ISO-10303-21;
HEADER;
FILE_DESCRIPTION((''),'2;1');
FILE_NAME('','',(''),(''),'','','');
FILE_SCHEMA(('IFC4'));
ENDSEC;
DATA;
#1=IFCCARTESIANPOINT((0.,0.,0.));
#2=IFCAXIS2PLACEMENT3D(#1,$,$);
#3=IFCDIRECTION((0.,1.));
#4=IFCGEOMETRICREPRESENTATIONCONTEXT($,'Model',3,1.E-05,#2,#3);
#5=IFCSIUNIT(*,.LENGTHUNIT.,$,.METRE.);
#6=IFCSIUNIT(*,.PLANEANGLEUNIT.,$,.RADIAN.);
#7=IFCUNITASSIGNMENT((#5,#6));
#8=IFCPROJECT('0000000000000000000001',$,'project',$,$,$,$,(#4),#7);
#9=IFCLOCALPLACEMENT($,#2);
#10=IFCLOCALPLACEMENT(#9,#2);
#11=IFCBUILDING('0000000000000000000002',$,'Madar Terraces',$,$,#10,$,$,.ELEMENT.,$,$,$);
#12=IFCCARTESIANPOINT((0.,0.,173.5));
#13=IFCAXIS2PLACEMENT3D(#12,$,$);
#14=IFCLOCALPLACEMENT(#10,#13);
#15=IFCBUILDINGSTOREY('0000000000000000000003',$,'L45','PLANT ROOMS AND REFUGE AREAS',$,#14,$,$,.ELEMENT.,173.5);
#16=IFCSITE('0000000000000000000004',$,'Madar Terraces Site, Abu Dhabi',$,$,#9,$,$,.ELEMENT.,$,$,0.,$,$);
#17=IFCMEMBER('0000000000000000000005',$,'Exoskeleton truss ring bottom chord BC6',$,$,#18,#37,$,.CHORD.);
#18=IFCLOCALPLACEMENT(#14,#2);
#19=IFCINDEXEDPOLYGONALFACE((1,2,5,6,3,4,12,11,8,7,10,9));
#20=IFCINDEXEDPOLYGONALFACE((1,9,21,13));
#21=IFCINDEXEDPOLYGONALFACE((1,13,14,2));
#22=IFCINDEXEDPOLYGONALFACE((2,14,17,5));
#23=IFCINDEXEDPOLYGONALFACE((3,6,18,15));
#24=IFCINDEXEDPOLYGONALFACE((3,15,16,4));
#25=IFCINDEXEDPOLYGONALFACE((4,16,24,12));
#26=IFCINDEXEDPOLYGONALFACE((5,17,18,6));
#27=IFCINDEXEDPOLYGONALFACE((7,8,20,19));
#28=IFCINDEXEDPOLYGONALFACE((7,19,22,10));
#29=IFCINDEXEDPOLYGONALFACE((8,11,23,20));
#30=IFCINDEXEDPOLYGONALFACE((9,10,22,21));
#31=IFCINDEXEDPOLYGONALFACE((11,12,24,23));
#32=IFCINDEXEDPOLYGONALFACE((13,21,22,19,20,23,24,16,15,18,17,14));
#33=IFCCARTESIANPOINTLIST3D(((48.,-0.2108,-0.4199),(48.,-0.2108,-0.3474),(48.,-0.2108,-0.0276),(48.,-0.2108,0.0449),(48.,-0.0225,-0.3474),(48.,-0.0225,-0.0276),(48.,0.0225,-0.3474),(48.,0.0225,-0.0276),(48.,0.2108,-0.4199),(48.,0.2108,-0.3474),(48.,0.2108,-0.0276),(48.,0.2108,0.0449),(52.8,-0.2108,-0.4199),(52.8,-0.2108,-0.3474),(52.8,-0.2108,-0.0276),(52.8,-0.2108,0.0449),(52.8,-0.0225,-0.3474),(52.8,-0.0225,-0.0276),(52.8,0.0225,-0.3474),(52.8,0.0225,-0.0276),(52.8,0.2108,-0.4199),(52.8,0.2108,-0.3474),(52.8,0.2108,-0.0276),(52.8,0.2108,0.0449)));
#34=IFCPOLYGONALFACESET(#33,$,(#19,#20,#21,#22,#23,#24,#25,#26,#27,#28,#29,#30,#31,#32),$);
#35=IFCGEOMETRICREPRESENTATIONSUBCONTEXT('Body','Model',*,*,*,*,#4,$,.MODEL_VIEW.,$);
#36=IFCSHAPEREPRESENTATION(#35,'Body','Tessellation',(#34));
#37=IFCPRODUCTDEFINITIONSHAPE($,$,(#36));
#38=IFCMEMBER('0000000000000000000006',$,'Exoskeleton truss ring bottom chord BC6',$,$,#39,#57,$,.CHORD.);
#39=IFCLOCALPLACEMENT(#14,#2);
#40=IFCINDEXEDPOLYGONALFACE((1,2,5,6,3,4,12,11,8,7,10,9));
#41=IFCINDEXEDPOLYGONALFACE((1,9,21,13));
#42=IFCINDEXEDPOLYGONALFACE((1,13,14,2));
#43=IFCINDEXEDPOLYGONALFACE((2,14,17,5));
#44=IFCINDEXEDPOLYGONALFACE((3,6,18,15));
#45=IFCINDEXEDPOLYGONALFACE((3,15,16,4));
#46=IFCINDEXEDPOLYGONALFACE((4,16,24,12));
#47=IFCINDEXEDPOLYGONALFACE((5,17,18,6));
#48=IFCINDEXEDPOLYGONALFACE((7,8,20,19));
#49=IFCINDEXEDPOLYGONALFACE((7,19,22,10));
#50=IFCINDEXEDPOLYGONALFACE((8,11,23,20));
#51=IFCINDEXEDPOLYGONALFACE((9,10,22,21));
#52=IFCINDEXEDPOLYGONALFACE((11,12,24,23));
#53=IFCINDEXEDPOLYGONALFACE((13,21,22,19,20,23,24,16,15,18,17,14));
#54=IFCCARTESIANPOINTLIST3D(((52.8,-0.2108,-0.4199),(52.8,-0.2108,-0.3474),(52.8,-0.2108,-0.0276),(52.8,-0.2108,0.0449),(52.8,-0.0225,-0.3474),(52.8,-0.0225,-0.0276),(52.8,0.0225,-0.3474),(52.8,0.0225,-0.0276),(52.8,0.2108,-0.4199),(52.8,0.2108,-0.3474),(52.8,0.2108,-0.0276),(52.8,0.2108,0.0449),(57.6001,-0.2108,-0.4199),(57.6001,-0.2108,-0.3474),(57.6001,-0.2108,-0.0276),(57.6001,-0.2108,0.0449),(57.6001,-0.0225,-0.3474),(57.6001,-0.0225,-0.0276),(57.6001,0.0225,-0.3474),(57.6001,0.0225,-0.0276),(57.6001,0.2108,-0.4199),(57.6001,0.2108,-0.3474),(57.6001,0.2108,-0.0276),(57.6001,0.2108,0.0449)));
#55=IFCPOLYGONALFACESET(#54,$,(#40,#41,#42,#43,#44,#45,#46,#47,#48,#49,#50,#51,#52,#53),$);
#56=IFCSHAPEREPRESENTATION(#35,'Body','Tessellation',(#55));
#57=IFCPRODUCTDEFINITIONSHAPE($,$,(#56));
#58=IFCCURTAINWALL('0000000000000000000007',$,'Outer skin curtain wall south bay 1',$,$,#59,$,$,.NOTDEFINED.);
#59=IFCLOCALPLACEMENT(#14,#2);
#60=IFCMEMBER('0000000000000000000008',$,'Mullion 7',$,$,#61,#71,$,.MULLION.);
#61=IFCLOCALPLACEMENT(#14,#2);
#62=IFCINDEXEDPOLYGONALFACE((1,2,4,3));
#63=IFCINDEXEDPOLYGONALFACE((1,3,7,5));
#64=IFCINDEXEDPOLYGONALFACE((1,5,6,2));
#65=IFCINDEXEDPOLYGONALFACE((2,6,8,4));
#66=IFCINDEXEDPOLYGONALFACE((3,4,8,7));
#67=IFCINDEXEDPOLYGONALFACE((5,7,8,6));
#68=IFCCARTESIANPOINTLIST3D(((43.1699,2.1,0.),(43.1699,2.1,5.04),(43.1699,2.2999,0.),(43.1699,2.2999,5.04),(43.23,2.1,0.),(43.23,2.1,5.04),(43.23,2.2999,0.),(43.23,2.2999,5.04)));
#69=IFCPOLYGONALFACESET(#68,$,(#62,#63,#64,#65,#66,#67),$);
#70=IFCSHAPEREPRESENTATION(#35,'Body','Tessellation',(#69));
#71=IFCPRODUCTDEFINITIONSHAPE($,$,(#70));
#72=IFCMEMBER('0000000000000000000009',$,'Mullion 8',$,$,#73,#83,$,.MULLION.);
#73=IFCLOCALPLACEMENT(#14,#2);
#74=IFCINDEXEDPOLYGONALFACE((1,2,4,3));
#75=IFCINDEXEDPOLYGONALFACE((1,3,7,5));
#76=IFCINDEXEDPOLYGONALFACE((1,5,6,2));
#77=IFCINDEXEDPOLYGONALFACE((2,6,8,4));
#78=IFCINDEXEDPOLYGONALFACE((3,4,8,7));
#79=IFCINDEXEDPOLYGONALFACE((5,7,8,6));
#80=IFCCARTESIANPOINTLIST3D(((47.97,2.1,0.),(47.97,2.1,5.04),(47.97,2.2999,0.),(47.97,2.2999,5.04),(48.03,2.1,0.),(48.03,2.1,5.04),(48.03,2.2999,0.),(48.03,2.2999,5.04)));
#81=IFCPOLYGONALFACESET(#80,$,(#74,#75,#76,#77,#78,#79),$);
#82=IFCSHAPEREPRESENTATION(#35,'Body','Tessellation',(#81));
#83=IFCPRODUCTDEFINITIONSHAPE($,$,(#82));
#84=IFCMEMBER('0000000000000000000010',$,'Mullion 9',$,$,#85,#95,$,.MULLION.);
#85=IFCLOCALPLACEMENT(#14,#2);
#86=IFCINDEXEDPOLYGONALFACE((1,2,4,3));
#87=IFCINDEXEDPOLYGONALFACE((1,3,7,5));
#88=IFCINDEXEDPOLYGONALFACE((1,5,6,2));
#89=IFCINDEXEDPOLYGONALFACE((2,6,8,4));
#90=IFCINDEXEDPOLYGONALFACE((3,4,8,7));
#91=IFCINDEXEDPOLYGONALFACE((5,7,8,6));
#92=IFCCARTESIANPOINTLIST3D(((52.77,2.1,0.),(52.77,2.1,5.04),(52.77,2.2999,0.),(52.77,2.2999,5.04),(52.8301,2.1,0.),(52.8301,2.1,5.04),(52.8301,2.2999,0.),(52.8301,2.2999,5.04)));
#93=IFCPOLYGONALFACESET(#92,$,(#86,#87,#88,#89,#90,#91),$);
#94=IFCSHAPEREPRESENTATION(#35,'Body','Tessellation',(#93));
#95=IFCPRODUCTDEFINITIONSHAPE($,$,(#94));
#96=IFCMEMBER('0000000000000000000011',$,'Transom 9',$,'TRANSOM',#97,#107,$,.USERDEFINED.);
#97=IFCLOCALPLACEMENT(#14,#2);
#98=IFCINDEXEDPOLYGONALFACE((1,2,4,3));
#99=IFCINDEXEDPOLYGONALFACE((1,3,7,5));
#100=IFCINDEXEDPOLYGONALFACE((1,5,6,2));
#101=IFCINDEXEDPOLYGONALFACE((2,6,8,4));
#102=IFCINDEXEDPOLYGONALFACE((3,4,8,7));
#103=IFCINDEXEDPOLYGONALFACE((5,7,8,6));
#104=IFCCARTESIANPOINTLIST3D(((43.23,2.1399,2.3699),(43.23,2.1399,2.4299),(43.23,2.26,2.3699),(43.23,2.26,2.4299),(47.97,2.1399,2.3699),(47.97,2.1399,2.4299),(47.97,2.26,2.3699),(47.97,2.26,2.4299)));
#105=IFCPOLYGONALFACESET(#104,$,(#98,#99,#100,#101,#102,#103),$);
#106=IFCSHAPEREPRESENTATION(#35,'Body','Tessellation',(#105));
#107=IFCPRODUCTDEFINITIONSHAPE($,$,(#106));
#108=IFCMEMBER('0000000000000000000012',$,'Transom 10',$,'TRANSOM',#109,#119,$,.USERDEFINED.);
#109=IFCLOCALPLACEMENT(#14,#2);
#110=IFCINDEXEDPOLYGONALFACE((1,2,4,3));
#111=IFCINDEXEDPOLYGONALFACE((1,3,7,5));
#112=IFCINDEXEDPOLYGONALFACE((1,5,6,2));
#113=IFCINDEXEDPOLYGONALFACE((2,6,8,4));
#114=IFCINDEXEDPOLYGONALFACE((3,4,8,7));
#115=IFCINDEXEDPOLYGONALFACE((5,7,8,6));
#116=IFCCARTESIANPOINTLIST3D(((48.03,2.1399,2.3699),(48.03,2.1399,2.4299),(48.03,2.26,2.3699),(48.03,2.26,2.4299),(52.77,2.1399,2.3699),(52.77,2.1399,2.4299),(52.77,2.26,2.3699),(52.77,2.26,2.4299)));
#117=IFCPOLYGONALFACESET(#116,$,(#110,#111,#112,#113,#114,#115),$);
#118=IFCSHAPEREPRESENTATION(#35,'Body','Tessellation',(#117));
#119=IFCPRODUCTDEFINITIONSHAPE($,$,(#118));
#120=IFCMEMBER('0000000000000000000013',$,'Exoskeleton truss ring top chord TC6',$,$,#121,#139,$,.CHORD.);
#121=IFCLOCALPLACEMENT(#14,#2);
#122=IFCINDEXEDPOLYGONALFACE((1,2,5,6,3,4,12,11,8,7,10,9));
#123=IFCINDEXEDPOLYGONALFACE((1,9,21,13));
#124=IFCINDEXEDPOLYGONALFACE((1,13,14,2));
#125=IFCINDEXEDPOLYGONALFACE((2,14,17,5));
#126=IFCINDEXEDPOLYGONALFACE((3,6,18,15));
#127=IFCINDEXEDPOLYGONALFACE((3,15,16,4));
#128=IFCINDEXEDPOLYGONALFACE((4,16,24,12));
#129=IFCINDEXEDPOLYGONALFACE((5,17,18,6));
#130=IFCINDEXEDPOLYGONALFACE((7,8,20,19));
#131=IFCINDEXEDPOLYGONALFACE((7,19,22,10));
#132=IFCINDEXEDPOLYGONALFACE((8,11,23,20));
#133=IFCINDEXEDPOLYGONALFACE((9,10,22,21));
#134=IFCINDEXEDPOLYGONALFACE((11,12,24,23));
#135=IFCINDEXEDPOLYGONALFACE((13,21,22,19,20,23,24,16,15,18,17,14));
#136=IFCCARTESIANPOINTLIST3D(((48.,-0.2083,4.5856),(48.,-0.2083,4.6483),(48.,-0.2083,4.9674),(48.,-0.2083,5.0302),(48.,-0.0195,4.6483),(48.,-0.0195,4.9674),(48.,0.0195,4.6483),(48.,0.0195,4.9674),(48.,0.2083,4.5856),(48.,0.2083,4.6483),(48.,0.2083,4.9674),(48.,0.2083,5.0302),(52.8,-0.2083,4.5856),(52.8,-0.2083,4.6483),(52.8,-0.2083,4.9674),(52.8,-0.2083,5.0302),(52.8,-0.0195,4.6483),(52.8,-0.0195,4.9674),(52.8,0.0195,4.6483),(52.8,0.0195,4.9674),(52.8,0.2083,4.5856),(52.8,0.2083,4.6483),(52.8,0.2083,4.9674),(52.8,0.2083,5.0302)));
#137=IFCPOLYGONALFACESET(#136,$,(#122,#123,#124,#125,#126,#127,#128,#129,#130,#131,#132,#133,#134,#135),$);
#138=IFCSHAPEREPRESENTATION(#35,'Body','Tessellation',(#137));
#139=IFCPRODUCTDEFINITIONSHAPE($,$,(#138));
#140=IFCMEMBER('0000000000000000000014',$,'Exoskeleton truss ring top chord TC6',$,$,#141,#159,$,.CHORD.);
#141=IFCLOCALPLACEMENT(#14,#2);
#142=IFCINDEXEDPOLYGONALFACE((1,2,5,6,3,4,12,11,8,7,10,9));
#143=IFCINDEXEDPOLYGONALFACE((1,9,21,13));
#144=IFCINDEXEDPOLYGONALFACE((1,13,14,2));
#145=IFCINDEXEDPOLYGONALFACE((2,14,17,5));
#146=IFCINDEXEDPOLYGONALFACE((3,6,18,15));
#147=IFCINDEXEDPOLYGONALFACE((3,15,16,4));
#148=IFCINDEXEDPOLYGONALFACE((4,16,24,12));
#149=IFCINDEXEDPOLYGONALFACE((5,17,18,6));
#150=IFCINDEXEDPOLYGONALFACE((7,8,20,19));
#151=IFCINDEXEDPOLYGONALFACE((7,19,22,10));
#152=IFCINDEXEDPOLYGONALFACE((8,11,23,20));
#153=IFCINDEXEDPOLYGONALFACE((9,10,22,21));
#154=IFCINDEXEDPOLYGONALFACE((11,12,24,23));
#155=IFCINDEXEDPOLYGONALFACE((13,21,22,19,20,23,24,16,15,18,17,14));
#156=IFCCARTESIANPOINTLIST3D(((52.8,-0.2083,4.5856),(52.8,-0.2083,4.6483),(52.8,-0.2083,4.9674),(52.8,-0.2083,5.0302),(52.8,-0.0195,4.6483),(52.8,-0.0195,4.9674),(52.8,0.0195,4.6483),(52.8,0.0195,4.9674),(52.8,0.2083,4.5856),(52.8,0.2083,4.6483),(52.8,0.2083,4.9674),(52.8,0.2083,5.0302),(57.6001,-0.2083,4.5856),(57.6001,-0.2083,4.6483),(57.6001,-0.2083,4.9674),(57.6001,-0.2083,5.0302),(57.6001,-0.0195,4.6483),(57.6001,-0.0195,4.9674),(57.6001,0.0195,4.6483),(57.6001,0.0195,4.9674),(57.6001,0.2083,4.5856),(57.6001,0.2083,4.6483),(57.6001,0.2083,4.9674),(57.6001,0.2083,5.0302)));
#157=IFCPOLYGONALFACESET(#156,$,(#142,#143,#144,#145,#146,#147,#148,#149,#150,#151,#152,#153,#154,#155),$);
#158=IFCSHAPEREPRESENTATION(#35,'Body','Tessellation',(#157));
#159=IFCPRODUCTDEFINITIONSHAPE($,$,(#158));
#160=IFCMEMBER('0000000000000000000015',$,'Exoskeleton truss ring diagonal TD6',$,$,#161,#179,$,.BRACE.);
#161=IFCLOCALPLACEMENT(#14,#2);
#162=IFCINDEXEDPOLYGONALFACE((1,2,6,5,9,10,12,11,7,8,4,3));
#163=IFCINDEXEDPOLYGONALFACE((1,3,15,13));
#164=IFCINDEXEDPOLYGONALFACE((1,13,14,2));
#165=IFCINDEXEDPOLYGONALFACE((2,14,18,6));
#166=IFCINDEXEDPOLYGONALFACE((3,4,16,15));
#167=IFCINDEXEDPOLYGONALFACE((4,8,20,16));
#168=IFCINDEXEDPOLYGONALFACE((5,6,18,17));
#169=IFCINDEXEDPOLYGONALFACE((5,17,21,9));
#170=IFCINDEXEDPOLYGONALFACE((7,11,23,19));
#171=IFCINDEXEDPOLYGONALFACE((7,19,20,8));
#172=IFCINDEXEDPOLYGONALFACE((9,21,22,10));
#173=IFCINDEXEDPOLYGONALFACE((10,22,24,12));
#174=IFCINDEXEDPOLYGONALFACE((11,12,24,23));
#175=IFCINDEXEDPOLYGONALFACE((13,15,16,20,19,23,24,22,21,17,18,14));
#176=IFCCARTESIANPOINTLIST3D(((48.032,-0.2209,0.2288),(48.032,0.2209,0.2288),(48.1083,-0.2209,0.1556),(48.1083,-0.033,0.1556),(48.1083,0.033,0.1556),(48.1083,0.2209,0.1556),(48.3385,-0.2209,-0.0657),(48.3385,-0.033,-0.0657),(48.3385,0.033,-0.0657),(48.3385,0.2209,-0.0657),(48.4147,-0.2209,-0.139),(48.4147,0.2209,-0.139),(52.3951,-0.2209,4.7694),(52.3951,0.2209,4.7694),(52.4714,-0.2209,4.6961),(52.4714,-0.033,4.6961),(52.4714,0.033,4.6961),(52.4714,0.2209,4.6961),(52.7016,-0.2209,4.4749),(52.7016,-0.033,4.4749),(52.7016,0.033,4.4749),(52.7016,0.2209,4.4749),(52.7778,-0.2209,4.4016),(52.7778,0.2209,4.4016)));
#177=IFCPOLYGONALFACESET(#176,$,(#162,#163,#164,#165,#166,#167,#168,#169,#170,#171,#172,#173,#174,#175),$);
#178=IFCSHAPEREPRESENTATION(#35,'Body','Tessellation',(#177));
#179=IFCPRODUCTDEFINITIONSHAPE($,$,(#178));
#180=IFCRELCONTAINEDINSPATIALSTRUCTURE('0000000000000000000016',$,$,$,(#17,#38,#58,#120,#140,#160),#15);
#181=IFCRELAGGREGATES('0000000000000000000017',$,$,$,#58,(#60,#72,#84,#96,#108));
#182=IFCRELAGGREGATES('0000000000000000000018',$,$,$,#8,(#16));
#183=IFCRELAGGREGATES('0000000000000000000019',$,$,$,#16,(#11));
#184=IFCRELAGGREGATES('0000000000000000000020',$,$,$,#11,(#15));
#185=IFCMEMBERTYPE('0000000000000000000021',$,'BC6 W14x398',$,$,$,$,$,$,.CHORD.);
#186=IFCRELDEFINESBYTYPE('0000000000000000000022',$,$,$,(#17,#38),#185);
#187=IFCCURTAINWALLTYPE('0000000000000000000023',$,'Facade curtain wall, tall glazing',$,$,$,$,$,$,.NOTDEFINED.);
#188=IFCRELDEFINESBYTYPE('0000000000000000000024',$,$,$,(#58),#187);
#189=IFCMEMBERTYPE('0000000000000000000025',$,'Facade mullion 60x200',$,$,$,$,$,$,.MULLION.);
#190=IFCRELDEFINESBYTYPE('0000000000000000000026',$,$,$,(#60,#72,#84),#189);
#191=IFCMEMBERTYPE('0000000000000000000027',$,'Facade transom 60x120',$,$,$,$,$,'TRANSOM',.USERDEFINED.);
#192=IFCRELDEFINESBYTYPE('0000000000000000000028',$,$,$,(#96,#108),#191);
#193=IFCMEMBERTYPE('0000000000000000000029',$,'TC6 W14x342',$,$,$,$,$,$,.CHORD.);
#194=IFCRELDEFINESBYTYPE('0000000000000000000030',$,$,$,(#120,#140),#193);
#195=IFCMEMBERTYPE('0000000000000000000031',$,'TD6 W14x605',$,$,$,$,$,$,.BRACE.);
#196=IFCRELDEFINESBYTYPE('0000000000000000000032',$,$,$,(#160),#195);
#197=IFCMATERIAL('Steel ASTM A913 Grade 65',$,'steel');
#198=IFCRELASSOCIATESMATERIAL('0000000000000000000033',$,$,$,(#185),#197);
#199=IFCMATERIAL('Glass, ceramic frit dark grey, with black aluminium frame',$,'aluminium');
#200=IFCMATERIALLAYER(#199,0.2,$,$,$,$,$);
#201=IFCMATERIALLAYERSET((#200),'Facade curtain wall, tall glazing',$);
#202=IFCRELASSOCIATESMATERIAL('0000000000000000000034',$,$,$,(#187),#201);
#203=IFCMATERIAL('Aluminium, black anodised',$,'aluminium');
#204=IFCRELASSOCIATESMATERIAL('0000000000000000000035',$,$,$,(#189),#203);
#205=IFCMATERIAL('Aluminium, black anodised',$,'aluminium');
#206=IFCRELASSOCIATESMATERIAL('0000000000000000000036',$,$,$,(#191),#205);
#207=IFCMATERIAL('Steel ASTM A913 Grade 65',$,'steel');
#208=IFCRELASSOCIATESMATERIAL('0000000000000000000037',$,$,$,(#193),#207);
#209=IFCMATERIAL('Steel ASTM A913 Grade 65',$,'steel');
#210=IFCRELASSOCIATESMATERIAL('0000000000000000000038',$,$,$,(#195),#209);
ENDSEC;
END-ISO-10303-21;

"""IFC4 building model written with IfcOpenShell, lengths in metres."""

from ifc_helpers import new_model, si_unit, direction, frame, origin, origin_2d, place, context, subcontext, project, spatial, rectangle, i_section, extrude, material, layer, layer_set, material_profile, profile_set, type_object, element, aggregate, save


model = new_model("IFC4")

# Units and contexts
model_context = context("Model", 3, precision=1e-05, world=origin(), true_north=direction((0.0, 1.0)))
body_context = subcontext(model_context, "Body", "Model", "MODEL_VIEW")
ifc_project = project(units=[si_unit("LENGTHUNIT", "METRE"), si_unit("PLANEANGLEUNIT", "RADIAN")], contexts=[model_context])

# Site, building, storey
site_placement = place(None, origin())
site = spatial("IfcSite", under=ifc_project, at=site_placement, Name="Madar Terraces Site, Abu Dhabi", CompositionType="ELEMENT", RefElevation=0.0)
building_placement = place(site_placement, origin())
building = spatial("IfcBuilding", under=site, at=building_placement, Name="Madar Terraces", CompositionType="ELEMENT")
storey_placement = place(building_placement, frame((0.0, 0.0, 173.5)))
storey = spatial("IfcBuildingStorey", under=building, at=storey_placement, Name="L45", Description="PLANT ROOMS AND REFUGE AREAS", CompositionType="ELEMENT", Elevation=173.5)

# Members
ifc_material_1 = material(Name="Steel ASTM A913 Grade 65", Category="steel")
ifc_material_profile_1 = material_profile(ifc_material_1, i_section(OverallWidth=0.4216, OverallDepth=0.4648, WebThickness=0.0449, FlangeThickness=0.0725, at=origin_2d()), Name="W14x398")
ifc_profile_set_1 = profile_set([ifc_material_profile_1], Name="Steel ASTM A913 Grade 65")
member_type_1 = type_object("IfcMemberType", Name="BC6 W14x398", PredefinedType="CHORD", material=ifc_profile_set_1)
for number, where, z_axis, x_axis, name in (
    (1, (48.0, 0.0, -0.1875), (1.0, 0.0, 0.0), (0.0, 1.0, 0.0), "Exoskeleton truss ring bottom chord BC6"),
    (2, (52.8, 0.0, -0.1875), (1.0, 0.0, 0.0), (0.0, 1.0, 0.0), "Exoskeleton truss ring bottom chord BC6"),
):
    element("IfcMember", number, at=place(storey_placement, frame(where, z_axis=z_axis, x_axis=x_axis)), inside=storey, type_object=member_type_1, Name=name, PredefinedType="CHORD", context=body_context, shape_type="SweptSolid", body=[
        extrude(i_section(OverallWidth=0.4216, OverallDepth=0.4648, WebThickness=0.0449, FlangeThickness=0.0725, at=origin_2d()), origin(), (0.0, 0.0, 1.0), 4.8),
    ])

# Curtain wall, members
ifc_material_2 = material(Name="Glass, ceramic frit dark grey, with black aluminium frame", Category="aluminium")
ifc_layer_1 = layer(ifc_material_2, 0.2)
ifc_layer_set_1 = layer_set([ifc_layer_1], Name="Facade curtain wall, tall glazing")
curtain_wall_type = type_object("IfcCurtainWallType", Name="Facade curtain wall, tall glazing", PredefinedType="NOTDEFINED", material=ifc_layer_set_1)
curtain_wall_placement = place(storey_placement, origin())
curtain_wall = element("IfcCurtainWall", 3, at=curtain_wall_placement, inside=storey, type_object=curtain_wall_type, Name="Outer skin curtain wall south bay 1", PredefinedType="NOTDEFINED")
ifc_material_3 = material(Name="Aluminium, black anodised", Category="aluminium")
ifc_material_profile_2 = material_profile(ifc_material_3, rectangle(XDim=0.2, YDim=0.0601, at=origin_2d()), Name="Facade mullion 60x200")
ifc_profile_set_2 = profile_set([ifc_material_profile_2], Name="Aluminium, black anodised")
member_type_2 = type_object("IfcMemberType", Name="Facade mullion 60x200", PredefinedType="MULLION", material=ifc_profile_set_2)
member_1_placement = place(storey_placement, frame((43.2, 2.2, 0.0), z_axis=(0.0, 0.0, 1.0), x_axis=(0.0, 1.0, 0.0)))
member_1 = element("IfcMember", 4, at=member_1_placement, type_object=member_type_2, Name="Mullion 7", PredefinedType="MULLION", context=body_context, shape_type="SweptSolid", body=[
    extrude(rectangle(XDim=0.2, YDim=0.0601, at=origin_2d()), origin(), (0.0, 0.0, 1.0), 5.04),
])
member_2_placement = place(storey_placement, frame((48.0, 2.2, 0.0), z_axis=(0.0, 0.0, 1.0), x_axis=(0.0, 1.0, 0.0)))
member_2 = element("IfcMember", 5, at=member_2_placement, type_object=member_type_2, Name="Mullion 8", PredefinedType="MULLION", context=body_context, shape_type="SweptSolid", body=[
    extrude(rectangle(XDim=0.2, YDim=0.0601, at=origin_2d()), origin(), (0.0, 0.0, 1.0), 5.04),
])
member_3_placement = place(storey_placement, frame((52.8, 2.2, 0.0), z_axis=(0.0, 0.0, 1.0), x_axis=(0.0, 1.0, 0.0)))
member_3 = element("IfcMember", 6, at=member_3_placement, type_object=member_type_2, Name="Mullion 9", PredefinedType="MULLION", context=body_context, shape_type="SweptSolid", body=[
    extrude(rectangle(XDim=0.2, YDim=0.0601, at=origin_2d()), origin(), (0.0, 0.0, 1.0), 5.04),
])
ifc_material_4 = material(Name="Aluminium, black anodised", Category="aluminium")
ifc_material_profile_3 = material_profile(ifc_material_4, rectangle(XDim=0.1201, YDim=0.0601, at=origin_2d()), Name="Facade transom 60x120")
ifc_profile_set_3 = profile_set([ifc_material_profile_3], Name="Aluminium, black anodised")
member_type_3 = type_object("IfcMemberType", Name="Facade transom 60x120", ElementType="TRANSOM", PredefinedType="USERDEFINED", material=ifc_profile_set_3)
member_4_placement = place(storey_placement, frame((43.23, 2.2, 2.3999), z_axis=(1.0, 0.0, 0.0), x_axis=(0.0, 1.0, 0.0)))
member_4 = element("IfcMember", 7, at=member_4_placement, type_object=member_type_3, Name="Transom 9", ObjectType="TRANSOM", PredefinedType="USERDEFINED", context=body_context, shape_type="SweptSolid", body=[
    extrude(rectangle(XDim=0.1201, YDim=0.0601, at=origin_2d()), origin(), (0.0, 0.0, 1.0), 4.74),
])
member_5_placement = place(storey_placement, frame((48.03, 2.2, 2.3999), z_axis=(1.0, 0.0, 0.0), x_axis=(0.0, 1.0, 0.0)))
member_5 = element("IfcMember", 8, at=member_5_placement, type_object=member_type_3, Name="Transom 10", ObjectType="TRANSOM", PredefinedType="USERDEFINED", context=body_context, shape_type="SweptSolid", body=[
    extrude(rectangle(XDim=0.1201, YDim=0.0601, at=origin_2d()), origin(), (0.0, 0.0, 1.0), 4.74),
])

# Members
ifc_material_5 = material(Name="Steel ASTM A913 Grade 65", Category="steel")
ifc_material_profile_4 = material_profile(ifc_material_5, i_section(OverallWidth=0.4165, OverallDepth=0.4446, WebThickness=0.0391, FlangeThickness=0.0627, at=origin_2d()), Name="W14x342")
ifc_profile_set_4 = profile_set([ifc_material_profile_4], Name="Steel ASTM A913 Grade 65")
member_type_4 = type_object("IfcMemberType", Name="TC6 W14x342", PredefinedType="CHORD", material=ifc_profile_set_4)
for number, where, z_axis, x_axis, name in (
    (9, (48.0, 0.0, 4.8079), (1.0, 0.0, 0.0), (0.0, 1.0, 0.0), "Exoskeleton truss ring top chord TC6"),
    (10, (52.8, 0.0, 4.8079), (1.0, 0.0, 0.0), (0.0, 1.0, 0.0), "Exoskeleton truss ring top chord TC6"),
):
    element("IfcMember", number, at=place(storey_placement, frame(where, z_axis=z_axis, x_axis=x_axis)), inside=storey, type_object=member_type_4, Name=name, PredefinedType="CHORD", context=body_context, shape_type="SweptSolid", body=[
        extrude(i_section(OverallWidth=0.4165, OverallDepth=0.4446, WebThickness=0.0391, FlangeThickness=0.0627, at=origin_2d()), origin(), (0.0, 0.0, 1.0), 4.8),
    ])
ifc_material_6 = material(Name="Steel ASTM A913 Grade 65", Category="steel")
ifc_material_profile_5 = material_profile(ifc_material_6, i_section(OverallWidth=0.4419, OverallDepth=0.5308, WebThickness=0.0659, FlangeThickness=0.1057, at=origin_2d()), Name="W14x605")
ifc_profile_set_5 = profile_set([ifc_material_profile_5], Name="Steel ASTM A913 Grade 65")
member_type_5 = type_object("IfcMemberType", Name="TD6 W14x605", PredefinedType="BRACE", material=ifc_profile_set_5)
member_6_placement = place(storey_placement, frame((48.2234, 0.0, 0.0449), z_axis=(0.692873, 0.0, 0.72106), x_axis=(0.0, 1.0, 0.0)))
element("IfcMember", 11, at=member_6_placement, inside=storey, type_object=member_type_5, Name="Exoskeleton truss ring diagonal TD6", PredefinedType="BRACE", context=body_context, shape_type="SweptSolid", body=[
    extrude(i_section(OverallWidth=0.4419, OverallDepth=0.5308, WebThickness=0.0659, FlangeThickness=0.1057, at=origin_2d()), origin(), (0.0, 0.0, 1.0), 6.2971),
])

aggregate(curtain_wall, [member_1, member_2, member_3, member_4, member_5])

save(model, "model.ifc")
